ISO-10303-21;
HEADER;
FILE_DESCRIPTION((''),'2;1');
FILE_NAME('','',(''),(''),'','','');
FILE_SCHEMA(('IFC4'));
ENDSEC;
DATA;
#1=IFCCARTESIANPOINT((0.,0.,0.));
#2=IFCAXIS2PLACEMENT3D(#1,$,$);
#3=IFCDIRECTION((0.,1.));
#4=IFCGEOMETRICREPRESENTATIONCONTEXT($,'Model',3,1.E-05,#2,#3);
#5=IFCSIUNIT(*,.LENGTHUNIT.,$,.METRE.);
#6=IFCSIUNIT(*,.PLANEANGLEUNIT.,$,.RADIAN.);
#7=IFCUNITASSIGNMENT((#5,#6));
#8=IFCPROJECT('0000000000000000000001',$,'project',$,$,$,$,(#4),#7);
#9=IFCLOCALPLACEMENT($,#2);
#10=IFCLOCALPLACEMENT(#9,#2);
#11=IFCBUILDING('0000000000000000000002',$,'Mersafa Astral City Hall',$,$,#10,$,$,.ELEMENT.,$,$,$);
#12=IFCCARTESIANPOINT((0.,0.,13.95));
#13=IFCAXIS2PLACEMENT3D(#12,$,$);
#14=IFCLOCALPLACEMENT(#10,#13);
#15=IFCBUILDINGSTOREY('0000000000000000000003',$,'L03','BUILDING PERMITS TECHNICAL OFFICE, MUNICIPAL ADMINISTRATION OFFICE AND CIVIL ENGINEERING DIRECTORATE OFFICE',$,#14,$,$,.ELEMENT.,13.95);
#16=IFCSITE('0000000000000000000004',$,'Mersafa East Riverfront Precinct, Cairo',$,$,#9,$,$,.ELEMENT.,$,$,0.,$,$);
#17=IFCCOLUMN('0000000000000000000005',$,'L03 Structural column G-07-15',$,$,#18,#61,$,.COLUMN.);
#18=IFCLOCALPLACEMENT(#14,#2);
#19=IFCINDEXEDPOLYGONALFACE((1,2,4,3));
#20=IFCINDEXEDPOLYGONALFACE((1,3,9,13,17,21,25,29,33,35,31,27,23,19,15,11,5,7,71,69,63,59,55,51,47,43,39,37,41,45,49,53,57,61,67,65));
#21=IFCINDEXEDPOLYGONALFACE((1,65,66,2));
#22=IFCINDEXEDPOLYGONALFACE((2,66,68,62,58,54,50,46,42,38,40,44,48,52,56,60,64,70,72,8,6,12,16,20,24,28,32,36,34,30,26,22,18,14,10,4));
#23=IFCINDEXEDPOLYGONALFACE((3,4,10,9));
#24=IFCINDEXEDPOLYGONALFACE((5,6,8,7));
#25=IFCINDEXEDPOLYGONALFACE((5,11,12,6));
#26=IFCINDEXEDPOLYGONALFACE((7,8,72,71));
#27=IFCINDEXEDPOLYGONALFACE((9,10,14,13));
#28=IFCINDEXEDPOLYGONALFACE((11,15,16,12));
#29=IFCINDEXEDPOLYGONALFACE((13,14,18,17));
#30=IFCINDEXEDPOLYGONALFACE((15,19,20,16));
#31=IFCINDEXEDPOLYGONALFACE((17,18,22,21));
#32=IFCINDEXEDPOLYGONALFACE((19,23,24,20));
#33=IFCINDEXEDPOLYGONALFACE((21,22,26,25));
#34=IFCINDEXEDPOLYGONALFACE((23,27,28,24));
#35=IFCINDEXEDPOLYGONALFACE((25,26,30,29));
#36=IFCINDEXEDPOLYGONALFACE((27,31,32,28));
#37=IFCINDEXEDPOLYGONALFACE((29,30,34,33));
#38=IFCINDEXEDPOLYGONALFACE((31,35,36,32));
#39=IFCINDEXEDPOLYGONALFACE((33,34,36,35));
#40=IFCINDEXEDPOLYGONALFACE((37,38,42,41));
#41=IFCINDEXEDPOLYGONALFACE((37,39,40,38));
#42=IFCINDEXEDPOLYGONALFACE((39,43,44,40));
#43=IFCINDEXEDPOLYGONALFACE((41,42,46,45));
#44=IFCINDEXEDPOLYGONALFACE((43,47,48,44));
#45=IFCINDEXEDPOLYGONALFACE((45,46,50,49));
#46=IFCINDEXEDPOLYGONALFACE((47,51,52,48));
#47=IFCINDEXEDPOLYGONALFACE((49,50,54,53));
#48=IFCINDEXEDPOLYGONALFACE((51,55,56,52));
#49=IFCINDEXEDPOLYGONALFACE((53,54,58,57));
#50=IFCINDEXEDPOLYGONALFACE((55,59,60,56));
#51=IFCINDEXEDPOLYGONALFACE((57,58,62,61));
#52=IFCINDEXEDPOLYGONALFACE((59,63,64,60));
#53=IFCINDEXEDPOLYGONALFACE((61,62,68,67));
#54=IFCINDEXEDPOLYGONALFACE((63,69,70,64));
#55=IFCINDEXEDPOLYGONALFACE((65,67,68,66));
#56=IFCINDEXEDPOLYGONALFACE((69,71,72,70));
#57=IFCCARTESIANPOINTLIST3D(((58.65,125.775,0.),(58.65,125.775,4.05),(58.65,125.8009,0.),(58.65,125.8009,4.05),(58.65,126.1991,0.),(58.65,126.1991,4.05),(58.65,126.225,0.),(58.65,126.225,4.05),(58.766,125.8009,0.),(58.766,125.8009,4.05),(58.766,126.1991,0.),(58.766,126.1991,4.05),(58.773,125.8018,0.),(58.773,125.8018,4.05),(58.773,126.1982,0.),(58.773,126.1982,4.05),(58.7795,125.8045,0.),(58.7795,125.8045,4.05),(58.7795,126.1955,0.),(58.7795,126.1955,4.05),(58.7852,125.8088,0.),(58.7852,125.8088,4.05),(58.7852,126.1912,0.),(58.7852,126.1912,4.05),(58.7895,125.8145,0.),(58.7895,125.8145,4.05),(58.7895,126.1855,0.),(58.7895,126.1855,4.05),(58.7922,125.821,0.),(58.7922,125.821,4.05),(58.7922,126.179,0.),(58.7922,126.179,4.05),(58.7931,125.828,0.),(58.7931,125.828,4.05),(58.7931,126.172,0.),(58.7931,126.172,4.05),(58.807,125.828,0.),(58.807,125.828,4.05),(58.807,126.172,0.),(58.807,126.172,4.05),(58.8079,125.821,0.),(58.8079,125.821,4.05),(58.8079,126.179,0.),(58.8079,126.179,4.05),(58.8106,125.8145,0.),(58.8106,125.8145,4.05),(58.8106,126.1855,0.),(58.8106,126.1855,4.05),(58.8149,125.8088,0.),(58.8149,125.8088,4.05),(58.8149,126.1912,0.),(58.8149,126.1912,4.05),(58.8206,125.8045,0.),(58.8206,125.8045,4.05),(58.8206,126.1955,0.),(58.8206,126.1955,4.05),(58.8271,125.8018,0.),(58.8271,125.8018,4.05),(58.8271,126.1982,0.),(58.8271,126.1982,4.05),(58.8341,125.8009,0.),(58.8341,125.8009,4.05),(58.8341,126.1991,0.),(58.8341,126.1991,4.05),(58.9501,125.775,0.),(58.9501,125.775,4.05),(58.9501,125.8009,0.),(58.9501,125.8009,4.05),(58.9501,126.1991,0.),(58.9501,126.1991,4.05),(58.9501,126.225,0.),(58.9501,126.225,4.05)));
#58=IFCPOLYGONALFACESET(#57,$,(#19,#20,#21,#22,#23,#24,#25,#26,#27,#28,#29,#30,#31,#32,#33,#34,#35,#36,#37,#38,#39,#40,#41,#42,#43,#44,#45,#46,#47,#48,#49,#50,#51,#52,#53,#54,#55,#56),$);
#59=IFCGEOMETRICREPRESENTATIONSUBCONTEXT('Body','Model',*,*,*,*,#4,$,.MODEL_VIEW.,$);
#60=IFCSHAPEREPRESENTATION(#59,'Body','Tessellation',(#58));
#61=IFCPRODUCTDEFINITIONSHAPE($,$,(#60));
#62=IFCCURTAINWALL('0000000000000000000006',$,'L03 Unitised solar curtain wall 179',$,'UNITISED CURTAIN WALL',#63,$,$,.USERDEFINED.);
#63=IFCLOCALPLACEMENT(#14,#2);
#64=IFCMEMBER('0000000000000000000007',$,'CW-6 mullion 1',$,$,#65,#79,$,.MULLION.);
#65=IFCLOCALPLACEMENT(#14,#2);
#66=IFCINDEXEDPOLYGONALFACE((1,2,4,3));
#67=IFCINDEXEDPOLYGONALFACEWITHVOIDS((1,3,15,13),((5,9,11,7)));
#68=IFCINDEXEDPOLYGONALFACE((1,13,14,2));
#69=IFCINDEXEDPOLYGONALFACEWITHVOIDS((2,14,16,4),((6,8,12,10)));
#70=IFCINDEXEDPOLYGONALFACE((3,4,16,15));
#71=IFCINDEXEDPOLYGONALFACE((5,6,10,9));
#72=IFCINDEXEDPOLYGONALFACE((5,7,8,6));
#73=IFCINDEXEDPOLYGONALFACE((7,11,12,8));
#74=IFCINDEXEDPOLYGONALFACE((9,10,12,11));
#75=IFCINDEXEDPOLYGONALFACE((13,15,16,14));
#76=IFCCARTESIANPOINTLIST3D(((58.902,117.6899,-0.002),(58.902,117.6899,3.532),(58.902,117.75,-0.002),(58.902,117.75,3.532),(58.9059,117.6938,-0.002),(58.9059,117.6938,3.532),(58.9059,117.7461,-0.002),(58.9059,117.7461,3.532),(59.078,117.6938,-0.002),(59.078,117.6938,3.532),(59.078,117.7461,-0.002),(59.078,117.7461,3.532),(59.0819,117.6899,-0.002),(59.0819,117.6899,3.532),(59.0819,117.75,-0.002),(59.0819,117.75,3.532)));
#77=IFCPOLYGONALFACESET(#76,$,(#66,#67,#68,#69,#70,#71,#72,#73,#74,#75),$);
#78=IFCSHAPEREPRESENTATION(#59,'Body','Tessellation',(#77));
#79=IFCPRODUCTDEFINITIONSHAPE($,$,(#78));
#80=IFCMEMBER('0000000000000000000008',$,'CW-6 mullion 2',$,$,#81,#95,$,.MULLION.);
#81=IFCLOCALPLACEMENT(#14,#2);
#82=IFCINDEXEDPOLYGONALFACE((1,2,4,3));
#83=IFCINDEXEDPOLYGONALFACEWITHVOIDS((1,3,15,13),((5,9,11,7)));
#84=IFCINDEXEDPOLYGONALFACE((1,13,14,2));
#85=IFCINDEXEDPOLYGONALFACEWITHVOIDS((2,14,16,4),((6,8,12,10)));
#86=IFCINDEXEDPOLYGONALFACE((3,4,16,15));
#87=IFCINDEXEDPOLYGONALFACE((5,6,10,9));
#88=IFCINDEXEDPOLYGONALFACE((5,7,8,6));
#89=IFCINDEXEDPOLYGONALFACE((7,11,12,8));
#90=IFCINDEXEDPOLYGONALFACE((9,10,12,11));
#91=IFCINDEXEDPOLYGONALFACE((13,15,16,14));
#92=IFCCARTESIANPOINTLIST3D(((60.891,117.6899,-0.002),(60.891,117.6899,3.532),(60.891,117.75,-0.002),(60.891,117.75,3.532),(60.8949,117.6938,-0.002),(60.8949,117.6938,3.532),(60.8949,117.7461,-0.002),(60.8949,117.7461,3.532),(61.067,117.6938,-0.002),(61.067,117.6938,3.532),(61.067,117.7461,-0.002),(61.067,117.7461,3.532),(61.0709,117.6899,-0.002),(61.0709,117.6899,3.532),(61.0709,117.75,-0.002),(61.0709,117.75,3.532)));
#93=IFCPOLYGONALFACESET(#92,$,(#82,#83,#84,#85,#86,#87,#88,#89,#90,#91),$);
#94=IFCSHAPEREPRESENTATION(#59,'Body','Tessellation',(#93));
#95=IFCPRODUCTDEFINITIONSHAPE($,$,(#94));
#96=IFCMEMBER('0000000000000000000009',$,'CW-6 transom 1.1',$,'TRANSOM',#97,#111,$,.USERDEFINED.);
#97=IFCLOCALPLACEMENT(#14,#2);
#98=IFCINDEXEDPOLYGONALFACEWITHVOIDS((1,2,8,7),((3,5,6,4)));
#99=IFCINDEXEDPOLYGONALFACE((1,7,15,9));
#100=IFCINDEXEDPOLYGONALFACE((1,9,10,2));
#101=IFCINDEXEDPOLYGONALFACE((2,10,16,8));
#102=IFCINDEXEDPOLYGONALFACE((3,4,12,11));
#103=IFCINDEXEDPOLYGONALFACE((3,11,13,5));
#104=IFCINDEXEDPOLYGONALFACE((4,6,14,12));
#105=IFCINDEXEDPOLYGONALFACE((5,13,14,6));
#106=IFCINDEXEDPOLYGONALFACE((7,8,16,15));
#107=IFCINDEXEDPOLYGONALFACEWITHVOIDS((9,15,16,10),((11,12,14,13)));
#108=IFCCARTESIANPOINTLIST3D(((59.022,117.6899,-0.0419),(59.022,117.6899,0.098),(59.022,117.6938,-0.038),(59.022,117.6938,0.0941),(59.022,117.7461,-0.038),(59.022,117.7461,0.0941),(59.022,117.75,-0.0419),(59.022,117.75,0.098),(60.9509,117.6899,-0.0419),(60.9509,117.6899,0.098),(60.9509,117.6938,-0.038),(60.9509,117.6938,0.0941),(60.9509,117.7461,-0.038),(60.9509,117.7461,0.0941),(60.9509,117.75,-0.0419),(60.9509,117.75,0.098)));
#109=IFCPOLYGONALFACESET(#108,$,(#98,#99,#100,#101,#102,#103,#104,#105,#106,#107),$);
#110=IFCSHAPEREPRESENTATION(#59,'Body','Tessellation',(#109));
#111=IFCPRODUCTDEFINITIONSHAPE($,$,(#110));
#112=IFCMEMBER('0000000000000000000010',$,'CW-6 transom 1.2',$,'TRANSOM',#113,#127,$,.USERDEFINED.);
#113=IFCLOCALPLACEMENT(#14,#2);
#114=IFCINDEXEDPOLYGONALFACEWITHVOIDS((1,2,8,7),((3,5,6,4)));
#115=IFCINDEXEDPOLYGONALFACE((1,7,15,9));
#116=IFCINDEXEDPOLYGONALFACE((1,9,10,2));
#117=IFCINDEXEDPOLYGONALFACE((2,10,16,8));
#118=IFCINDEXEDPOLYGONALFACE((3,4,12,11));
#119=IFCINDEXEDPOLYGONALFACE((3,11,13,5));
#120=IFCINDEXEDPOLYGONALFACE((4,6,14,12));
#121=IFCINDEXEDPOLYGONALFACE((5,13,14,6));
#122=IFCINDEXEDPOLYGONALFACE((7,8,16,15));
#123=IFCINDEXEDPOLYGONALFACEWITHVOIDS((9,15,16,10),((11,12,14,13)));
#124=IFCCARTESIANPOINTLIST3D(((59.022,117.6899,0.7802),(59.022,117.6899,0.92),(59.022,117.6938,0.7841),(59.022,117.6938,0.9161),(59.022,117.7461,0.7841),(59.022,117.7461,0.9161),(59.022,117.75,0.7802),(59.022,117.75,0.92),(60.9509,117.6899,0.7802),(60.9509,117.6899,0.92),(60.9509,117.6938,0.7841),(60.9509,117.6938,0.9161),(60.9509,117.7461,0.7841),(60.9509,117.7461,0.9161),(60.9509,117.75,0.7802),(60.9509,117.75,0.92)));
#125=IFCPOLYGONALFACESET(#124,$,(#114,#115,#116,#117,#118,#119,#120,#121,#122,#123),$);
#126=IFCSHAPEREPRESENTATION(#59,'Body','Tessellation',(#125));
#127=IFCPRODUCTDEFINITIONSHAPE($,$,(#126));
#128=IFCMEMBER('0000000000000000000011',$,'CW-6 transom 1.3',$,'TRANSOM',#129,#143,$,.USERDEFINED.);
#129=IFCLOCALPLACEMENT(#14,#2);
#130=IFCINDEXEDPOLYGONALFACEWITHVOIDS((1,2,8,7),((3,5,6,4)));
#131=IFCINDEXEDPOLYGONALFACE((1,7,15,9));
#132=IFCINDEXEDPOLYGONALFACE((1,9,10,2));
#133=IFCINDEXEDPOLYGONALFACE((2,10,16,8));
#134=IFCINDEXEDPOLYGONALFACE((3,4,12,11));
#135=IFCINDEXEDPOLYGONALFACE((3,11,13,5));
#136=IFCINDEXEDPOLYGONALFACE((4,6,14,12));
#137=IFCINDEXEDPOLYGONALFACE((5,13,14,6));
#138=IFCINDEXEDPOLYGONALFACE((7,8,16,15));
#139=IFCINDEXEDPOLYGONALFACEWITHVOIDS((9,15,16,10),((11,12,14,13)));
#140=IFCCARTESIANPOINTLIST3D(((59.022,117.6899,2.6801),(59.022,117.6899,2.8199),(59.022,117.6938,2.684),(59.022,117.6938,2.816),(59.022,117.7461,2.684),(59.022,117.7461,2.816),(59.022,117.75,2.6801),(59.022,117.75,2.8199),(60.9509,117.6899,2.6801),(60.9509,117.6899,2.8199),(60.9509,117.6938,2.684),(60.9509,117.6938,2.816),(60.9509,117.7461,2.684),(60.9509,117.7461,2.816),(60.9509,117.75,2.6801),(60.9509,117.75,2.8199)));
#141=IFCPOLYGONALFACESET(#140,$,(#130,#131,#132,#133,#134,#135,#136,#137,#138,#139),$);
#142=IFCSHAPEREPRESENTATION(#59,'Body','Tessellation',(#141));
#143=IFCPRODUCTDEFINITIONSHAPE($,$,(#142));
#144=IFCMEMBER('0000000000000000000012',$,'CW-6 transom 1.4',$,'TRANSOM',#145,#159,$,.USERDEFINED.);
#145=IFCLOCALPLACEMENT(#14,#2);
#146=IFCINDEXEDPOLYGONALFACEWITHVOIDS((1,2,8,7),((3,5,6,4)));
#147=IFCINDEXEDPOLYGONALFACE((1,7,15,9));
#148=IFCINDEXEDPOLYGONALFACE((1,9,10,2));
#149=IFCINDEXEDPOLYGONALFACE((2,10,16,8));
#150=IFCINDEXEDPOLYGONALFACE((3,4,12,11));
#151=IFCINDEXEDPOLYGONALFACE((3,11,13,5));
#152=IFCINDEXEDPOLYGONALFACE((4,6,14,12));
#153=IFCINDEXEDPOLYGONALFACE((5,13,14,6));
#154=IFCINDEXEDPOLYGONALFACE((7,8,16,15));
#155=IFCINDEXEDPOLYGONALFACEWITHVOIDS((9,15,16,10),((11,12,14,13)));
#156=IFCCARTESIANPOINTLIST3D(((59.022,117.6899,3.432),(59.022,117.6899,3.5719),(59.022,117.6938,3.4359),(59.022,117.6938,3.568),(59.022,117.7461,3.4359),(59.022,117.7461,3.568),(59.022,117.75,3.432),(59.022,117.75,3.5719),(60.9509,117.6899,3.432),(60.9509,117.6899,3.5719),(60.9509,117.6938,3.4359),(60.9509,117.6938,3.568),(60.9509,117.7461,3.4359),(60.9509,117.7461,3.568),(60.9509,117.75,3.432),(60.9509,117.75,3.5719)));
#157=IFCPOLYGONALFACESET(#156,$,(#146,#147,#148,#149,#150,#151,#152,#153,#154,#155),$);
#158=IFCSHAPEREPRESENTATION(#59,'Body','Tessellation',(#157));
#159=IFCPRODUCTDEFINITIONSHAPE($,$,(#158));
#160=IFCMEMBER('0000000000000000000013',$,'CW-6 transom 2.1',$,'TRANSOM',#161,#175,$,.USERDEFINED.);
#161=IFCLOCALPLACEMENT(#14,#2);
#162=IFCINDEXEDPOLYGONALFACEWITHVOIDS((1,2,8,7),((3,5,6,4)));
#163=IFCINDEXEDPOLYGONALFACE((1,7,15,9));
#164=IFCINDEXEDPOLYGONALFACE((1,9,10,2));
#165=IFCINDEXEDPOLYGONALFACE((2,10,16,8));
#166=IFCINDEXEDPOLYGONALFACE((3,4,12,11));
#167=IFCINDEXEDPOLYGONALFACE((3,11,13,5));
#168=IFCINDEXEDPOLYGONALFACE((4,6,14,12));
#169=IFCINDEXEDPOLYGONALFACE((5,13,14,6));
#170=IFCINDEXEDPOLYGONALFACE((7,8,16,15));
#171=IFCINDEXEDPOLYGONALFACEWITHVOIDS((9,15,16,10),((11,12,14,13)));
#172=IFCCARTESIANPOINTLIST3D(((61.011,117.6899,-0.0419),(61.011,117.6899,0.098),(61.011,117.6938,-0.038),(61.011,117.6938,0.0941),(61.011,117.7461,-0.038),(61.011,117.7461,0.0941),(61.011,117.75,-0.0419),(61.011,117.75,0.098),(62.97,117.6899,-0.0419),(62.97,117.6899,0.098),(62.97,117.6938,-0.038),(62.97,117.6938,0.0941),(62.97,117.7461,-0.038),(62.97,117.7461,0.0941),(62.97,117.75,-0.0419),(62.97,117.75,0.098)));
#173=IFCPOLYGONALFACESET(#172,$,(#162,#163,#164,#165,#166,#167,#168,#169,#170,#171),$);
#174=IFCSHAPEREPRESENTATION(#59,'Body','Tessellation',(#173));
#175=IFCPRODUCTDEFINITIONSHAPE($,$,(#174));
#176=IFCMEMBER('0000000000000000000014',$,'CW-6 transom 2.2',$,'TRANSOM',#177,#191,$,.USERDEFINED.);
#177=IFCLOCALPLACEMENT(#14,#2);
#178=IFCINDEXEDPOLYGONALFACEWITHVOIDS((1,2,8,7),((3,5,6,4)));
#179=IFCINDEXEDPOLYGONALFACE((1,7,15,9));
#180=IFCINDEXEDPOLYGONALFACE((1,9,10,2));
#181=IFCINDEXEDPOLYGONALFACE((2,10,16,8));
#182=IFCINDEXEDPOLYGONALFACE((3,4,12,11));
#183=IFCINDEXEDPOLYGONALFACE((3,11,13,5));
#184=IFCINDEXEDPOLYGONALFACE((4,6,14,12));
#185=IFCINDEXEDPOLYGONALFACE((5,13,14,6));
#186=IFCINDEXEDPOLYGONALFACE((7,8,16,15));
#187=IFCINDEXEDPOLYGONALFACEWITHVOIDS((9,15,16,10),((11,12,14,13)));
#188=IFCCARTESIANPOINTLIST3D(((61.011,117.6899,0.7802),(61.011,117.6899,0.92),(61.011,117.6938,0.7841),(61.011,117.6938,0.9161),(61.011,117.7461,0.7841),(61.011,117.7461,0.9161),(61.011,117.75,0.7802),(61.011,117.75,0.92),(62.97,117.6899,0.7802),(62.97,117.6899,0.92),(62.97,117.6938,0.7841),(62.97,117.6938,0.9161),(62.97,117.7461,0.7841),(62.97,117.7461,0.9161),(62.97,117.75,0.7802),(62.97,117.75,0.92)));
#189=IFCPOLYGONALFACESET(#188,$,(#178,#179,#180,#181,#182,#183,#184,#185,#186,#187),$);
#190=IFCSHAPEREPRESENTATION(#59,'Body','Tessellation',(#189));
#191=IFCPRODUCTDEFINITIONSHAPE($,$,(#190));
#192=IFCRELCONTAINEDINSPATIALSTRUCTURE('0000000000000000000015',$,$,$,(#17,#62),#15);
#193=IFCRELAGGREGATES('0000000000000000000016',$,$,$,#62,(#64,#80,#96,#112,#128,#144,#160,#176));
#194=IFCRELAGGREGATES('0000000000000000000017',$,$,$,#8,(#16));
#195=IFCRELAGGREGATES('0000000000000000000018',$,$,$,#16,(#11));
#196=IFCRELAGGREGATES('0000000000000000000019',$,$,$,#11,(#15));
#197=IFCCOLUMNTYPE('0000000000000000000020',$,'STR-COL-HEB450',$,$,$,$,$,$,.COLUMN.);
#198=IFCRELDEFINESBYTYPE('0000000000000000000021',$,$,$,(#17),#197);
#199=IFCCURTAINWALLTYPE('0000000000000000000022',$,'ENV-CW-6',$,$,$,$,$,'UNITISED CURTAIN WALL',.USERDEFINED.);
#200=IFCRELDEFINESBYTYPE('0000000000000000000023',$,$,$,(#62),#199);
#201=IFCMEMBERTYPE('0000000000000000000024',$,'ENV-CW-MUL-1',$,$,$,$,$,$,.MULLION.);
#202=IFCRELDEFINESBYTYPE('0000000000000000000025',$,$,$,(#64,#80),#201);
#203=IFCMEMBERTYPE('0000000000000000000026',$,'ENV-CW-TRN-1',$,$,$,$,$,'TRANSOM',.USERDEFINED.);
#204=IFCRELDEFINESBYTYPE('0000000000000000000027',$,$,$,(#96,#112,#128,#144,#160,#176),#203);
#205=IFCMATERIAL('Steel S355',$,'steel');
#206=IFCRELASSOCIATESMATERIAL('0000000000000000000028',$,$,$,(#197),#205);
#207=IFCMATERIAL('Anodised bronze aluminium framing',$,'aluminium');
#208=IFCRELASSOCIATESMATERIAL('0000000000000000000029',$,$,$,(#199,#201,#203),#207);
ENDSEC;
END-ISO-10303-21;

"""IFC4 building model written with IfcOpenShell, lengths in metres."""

from ifc_helpers import new_model, si_unit, direction, frame, origin, origin_2d, place, context, subcontext, project, spatial, hollow_rectangle, i_section, extrude, material, material_profile, profile_set, type_object, element, aggregate, save


model = new_model("IFC4")

# Units and contexts
model_context = context("Model", 3, precision=1e-05, world=origin(), true_north=direction((0.0, 1.0)))
body_context = subcontext(model_context, "Body", "Model", "MODEL_VIEW")
ifc_project = project(units=[si_unit("LENGTHUNIT", "METRE"), si_unit("PLANEANGLEUNIT", "RADIAN")], contexts=[model_context])

# Site, building, storey
site_placement = place(None, origin())
site = spatial("IfcSite", under=ifc_project, at=site_placement, Name="Mersafa East Riverfront Precinct, Cairo", CompositionType="ELEMENT", RefElevation=0.0)
building_placement = place(site_placement, origin())
building = spatial("IfcBuilding", under=site, at=building_placement, Name="Mersafa Astral City Hall", CompositionType="ELEMENT")
storey_placement = place(building_placement, frame((0.0, 0.0, 13.95)))
storey = spatial("IfcBuildingStorey", under=building, at=storey_placement, Name="L03", Description="BUILDING PERMITS TECHNICAL OFFICE, MUNICIPAL ADMINISTRATION OFFICE AND CIVIL ENGINEERING DIRECTORATE OFFICE", CompositionType="ELEMENT", Elevation=13.95)

# Column
ifc_material_1 = material(Name="Steel S355", Category="steel")
ifc_material_profile_1 = material_profile(ifc_material_1, i_section(OverallWidth=0.3, OverallDepth=0.45, WebThickness=0.0139, FlangeThickness=0.0259, FilletRadius=0.0271, at=origin_2d()), Name="HEB 450")
ifc_profile_set_1 = profile_set([ifc_material_profile_1], Name="Steel S355")
column_type = type_object("IfcColumnType", Name="STR-COL-HEB450", PredefinedType="COLUMN", material=ifc_profile_set_1)
column_placement = place(storey_placement, frame((58.8, 126.0, 0.0), z_axis=(0.0, 0.0, 1.0), x_axis=(1.0, 0.0, 0.0)))
element("IfcColumn", 1, at=column_placement, inside=storey, type_object=column_type, Name="L03 Structural column G-07-15", PredefinedType="COLUMN", context=body_context, shape_type="SweptSolid", body=[
    extrude(i_section(OverallWidth=0.3, OverallDepth=0.45, WebThickness=0.0139, FlangeThickness=0.0259, FilletRadius=0.0271, at=origin_2d()), origin(), (0.0, 0.0, 1.0), 4.05),
])

# Curtain wall, members
ifc_material_2 = material(Name="Anodised bronze aluminium framing", Category="aluminium")
curtain_wall_type = type_object("IfcCurtainWallType", Name="ENV-CW-6", ElementType="UNITISED CURTAIN WALL", PredefinedType="USERDEFINED", material=ifc_material_2)
curtain_wall_placement = place(storey_placement, origin())
curtain_wall = element("IfcCurtainWall", 2, at=curtain_wall_placement, inside=storey, type_object=curtain_wall_type, Name="L03 Unitised solar curtain wall 179", ObjectType="UNITISED CURTAIN WALL", PredefinedType="USERDEFINED")
ifc_material_profile_2 = material_profile(ifc_material_2, hollow_rectangle(XDim=0.0601, YDim=0.1799, WallThickness=0.0039, at=origin_2d()), Name="RHS 60x180x4")
ifc_profile_set_2 = profile_set([ifc_material_profile_2], Name="Anodised bronze aluminium framing")
member_type_1 = type_object("IfcMemberType", Name="ENV-CW-MUL-1", PredefinedType="MULLION", material=ifc_profile_set_2)
member_1_placement = place(storey_placement, frame((58.9919, 117.72, -0.002), z_axis=(0.0, 0.0, 1.0), x_axis=(0.0, 1.0, 0.0)))
member_1 = element("IfcMember", 3, at=member_1_placement, type_object=member_type_1, Name="CW-6 mullion 1", PredefinedType="MULLION", context=body_context, shape_type="SweptSolid", body=[
    extrude(hollow_rectangle(XDim=0.0601, YDim=0.1799, WallThickness=0.0039, at=origin_2d()), origin(), (0.0, 0.0, 1.0), 3.5339),
])
member_2_placement = place(storey_placement, frame((60.981, 117.72, -0.002), z_axis=(0.0, 0.0, 1.0), x_axis=(0.0, 1.0, 0.0)))
member_2 = element("IfcMember", 4, at=member_2_placement, type_object=member_type_1, Name="CW-6 mullion 2", PredefinedType="MULLION", context=body_context, shape_type="SweptSolid", body=[
    extrude(hollow_rectangle(XDim=0.0601, YDim=0.1799, WallThickness=0.0039, at=origin_2d()), origin(), (0.0, 0.0, 1.0), 3.5339),
])
ifc_material_profile_3 = material_profile(ifc_material_2, hollow_rectangle(XDim=0.0601, YDim=0.1399, WallThickness=0.0039, at=origin_2d()), Name="RHS 60x140x4")
ifc_profile_set_3 = profile_set([ifc_material_profile_3], Name="Anodised bronze aluminium framing")
member_type_2 = type_object("IfcMemberType", Name="ENV-CW-TRN-1", ElementType="TRANSOM", PredefinedType="USERDEFINED", material=ifc_profile_set_3)
member_3_placement = place(storey_placement, frame((59.022, 117.72, 0.0281), z_axis=(1.0, 0.0, 0.0), x_axis=(0.0, 1.0, 0.0)))
member_3 = element("IfcMember", 5, at=member_3_placement, type_object=member_type_2, Name="CW-6 transom 1.1", ObjectType="TRANSOM", PredefinedType="USERDEFINED", context=body_context, shape_type="SweptSolid", body=[
    extrude(hollow_rectangle(XDim=0.0601, YDim=0.1399, WallThickness=0.0039, at=origin_2d()), origin(), (0.0, 0.0, 1.0), 1.929),
])
member_4_placement = place(storey_placement, frame((59.022, 117.72, 0.8501), z_axis=(1.0, 0.0, 0.0), x_axis=(0.0, 1.0, 0.0)))
member_4 = element("IfcMember", 6, at=member_4_placement, type_object=member_type_2, Name="CW-6 transom 1.2", ObjectType="TRANSOM", PredefinedType="USERDEFINED", context=body_context, shape_type="SweptSolid", body=[
    extrude(hollow_rectangle(XDim=0.0601, YDim=0.1399, WallThickness=0.0039, at=origin_2d()), origin(), (0.0, 0.0, 1.0), 1.929),
])
member_5_placement = place(storey_placement, frame((59.022, 117.72, 2.75), z_axis=(1.0, 0.0, 0.0), x_axis=(0.0, 1.0, 0.0)))
member_5 = element("IfcMember", 7, at=member_5_placement, type_object=member_type_2, Name="CW-6 transom 1.3", ObjectType="TRANSOM", PredefinedType="USERDEFINED", context=body_context, shape_type="SweptSolid", body=[
    extrude(hollow_rectangle(XDim=0.0601, YDim=0.1399, WallThickness=0.0039, at=origin_2d()), origin(), (0.0, 0.0, 1.0), 1.929),
])
member_6_placement = place(storey_placement, frame((59.022, 117.72, 3.502), z_axis=(1.0, 0.0, 0.0), x_axis=(0.0, 1.0, 0.0)))
member_6 = element("IfcMember", 8, at=member_6_placement, type_object=member_type_2, Name="CW-6 transom 1.4", ObjectType="TRANSOM", PredefinedType="USERDEFINED", context=body_context, shape_type="SweptSolid", body=[
    extrude(hollow_rectangle(XDim=0.0601, YDim=0.1399, WallThickness=0.0039, at=origin_2d()), origin(), (0.0, 0.0, 1.0), 1.929),
])
member_7_placement = place(storey_placement, frame((61.011, 117.72, 0.0281), z_axis=(1.0, 0.0, 0.0), x_axis=(0.0, 1.0, 0.0)))
member_7 = element("IfcMember", 9, at=member_7_placement, type_object=member_type_2, Name="CW-6 transom 2.1", ObjectType="TRANSOM", PredefinedType="USERDEFINED", context=body_context, shape_type="SweptSolid", body=[
    extrude(hollow_rectangle(XDim=0.0601, YDim=0.1399, WallThickness=0.0039, at=origin_2d()), origin(), (0.0, 0.0, 1.0), 1.959),
])
member_8_placement = place(storey_placement, frame((61.011, 117.72, 0.8501), z_axis=(1.0, 0.0, 0.0), x_axis=(0.0, 1.0, 0.0)))
member_8 = element("IfcMember", 10, at=member_8_placement, type_object=member_type_2, Name="CW-6 transom 2.2", ObjectType="TRANSOM", PredefinedType="USERDEFINED", context=body_context, shape_type="SweptSolid", body=[
    extrude(hollow_rectangle(XDim=0.0601, YDim=0.1399, WallThickness=0.0039, at=origin_2d()), origin(), (0.0, 0.0, 1.0), 1.959),
])

aggregate(curtain_wall, [member_1, member_2, member_3, member_4, member_5, member_6, member_7, member_8])

save(model, "model.ifc")
